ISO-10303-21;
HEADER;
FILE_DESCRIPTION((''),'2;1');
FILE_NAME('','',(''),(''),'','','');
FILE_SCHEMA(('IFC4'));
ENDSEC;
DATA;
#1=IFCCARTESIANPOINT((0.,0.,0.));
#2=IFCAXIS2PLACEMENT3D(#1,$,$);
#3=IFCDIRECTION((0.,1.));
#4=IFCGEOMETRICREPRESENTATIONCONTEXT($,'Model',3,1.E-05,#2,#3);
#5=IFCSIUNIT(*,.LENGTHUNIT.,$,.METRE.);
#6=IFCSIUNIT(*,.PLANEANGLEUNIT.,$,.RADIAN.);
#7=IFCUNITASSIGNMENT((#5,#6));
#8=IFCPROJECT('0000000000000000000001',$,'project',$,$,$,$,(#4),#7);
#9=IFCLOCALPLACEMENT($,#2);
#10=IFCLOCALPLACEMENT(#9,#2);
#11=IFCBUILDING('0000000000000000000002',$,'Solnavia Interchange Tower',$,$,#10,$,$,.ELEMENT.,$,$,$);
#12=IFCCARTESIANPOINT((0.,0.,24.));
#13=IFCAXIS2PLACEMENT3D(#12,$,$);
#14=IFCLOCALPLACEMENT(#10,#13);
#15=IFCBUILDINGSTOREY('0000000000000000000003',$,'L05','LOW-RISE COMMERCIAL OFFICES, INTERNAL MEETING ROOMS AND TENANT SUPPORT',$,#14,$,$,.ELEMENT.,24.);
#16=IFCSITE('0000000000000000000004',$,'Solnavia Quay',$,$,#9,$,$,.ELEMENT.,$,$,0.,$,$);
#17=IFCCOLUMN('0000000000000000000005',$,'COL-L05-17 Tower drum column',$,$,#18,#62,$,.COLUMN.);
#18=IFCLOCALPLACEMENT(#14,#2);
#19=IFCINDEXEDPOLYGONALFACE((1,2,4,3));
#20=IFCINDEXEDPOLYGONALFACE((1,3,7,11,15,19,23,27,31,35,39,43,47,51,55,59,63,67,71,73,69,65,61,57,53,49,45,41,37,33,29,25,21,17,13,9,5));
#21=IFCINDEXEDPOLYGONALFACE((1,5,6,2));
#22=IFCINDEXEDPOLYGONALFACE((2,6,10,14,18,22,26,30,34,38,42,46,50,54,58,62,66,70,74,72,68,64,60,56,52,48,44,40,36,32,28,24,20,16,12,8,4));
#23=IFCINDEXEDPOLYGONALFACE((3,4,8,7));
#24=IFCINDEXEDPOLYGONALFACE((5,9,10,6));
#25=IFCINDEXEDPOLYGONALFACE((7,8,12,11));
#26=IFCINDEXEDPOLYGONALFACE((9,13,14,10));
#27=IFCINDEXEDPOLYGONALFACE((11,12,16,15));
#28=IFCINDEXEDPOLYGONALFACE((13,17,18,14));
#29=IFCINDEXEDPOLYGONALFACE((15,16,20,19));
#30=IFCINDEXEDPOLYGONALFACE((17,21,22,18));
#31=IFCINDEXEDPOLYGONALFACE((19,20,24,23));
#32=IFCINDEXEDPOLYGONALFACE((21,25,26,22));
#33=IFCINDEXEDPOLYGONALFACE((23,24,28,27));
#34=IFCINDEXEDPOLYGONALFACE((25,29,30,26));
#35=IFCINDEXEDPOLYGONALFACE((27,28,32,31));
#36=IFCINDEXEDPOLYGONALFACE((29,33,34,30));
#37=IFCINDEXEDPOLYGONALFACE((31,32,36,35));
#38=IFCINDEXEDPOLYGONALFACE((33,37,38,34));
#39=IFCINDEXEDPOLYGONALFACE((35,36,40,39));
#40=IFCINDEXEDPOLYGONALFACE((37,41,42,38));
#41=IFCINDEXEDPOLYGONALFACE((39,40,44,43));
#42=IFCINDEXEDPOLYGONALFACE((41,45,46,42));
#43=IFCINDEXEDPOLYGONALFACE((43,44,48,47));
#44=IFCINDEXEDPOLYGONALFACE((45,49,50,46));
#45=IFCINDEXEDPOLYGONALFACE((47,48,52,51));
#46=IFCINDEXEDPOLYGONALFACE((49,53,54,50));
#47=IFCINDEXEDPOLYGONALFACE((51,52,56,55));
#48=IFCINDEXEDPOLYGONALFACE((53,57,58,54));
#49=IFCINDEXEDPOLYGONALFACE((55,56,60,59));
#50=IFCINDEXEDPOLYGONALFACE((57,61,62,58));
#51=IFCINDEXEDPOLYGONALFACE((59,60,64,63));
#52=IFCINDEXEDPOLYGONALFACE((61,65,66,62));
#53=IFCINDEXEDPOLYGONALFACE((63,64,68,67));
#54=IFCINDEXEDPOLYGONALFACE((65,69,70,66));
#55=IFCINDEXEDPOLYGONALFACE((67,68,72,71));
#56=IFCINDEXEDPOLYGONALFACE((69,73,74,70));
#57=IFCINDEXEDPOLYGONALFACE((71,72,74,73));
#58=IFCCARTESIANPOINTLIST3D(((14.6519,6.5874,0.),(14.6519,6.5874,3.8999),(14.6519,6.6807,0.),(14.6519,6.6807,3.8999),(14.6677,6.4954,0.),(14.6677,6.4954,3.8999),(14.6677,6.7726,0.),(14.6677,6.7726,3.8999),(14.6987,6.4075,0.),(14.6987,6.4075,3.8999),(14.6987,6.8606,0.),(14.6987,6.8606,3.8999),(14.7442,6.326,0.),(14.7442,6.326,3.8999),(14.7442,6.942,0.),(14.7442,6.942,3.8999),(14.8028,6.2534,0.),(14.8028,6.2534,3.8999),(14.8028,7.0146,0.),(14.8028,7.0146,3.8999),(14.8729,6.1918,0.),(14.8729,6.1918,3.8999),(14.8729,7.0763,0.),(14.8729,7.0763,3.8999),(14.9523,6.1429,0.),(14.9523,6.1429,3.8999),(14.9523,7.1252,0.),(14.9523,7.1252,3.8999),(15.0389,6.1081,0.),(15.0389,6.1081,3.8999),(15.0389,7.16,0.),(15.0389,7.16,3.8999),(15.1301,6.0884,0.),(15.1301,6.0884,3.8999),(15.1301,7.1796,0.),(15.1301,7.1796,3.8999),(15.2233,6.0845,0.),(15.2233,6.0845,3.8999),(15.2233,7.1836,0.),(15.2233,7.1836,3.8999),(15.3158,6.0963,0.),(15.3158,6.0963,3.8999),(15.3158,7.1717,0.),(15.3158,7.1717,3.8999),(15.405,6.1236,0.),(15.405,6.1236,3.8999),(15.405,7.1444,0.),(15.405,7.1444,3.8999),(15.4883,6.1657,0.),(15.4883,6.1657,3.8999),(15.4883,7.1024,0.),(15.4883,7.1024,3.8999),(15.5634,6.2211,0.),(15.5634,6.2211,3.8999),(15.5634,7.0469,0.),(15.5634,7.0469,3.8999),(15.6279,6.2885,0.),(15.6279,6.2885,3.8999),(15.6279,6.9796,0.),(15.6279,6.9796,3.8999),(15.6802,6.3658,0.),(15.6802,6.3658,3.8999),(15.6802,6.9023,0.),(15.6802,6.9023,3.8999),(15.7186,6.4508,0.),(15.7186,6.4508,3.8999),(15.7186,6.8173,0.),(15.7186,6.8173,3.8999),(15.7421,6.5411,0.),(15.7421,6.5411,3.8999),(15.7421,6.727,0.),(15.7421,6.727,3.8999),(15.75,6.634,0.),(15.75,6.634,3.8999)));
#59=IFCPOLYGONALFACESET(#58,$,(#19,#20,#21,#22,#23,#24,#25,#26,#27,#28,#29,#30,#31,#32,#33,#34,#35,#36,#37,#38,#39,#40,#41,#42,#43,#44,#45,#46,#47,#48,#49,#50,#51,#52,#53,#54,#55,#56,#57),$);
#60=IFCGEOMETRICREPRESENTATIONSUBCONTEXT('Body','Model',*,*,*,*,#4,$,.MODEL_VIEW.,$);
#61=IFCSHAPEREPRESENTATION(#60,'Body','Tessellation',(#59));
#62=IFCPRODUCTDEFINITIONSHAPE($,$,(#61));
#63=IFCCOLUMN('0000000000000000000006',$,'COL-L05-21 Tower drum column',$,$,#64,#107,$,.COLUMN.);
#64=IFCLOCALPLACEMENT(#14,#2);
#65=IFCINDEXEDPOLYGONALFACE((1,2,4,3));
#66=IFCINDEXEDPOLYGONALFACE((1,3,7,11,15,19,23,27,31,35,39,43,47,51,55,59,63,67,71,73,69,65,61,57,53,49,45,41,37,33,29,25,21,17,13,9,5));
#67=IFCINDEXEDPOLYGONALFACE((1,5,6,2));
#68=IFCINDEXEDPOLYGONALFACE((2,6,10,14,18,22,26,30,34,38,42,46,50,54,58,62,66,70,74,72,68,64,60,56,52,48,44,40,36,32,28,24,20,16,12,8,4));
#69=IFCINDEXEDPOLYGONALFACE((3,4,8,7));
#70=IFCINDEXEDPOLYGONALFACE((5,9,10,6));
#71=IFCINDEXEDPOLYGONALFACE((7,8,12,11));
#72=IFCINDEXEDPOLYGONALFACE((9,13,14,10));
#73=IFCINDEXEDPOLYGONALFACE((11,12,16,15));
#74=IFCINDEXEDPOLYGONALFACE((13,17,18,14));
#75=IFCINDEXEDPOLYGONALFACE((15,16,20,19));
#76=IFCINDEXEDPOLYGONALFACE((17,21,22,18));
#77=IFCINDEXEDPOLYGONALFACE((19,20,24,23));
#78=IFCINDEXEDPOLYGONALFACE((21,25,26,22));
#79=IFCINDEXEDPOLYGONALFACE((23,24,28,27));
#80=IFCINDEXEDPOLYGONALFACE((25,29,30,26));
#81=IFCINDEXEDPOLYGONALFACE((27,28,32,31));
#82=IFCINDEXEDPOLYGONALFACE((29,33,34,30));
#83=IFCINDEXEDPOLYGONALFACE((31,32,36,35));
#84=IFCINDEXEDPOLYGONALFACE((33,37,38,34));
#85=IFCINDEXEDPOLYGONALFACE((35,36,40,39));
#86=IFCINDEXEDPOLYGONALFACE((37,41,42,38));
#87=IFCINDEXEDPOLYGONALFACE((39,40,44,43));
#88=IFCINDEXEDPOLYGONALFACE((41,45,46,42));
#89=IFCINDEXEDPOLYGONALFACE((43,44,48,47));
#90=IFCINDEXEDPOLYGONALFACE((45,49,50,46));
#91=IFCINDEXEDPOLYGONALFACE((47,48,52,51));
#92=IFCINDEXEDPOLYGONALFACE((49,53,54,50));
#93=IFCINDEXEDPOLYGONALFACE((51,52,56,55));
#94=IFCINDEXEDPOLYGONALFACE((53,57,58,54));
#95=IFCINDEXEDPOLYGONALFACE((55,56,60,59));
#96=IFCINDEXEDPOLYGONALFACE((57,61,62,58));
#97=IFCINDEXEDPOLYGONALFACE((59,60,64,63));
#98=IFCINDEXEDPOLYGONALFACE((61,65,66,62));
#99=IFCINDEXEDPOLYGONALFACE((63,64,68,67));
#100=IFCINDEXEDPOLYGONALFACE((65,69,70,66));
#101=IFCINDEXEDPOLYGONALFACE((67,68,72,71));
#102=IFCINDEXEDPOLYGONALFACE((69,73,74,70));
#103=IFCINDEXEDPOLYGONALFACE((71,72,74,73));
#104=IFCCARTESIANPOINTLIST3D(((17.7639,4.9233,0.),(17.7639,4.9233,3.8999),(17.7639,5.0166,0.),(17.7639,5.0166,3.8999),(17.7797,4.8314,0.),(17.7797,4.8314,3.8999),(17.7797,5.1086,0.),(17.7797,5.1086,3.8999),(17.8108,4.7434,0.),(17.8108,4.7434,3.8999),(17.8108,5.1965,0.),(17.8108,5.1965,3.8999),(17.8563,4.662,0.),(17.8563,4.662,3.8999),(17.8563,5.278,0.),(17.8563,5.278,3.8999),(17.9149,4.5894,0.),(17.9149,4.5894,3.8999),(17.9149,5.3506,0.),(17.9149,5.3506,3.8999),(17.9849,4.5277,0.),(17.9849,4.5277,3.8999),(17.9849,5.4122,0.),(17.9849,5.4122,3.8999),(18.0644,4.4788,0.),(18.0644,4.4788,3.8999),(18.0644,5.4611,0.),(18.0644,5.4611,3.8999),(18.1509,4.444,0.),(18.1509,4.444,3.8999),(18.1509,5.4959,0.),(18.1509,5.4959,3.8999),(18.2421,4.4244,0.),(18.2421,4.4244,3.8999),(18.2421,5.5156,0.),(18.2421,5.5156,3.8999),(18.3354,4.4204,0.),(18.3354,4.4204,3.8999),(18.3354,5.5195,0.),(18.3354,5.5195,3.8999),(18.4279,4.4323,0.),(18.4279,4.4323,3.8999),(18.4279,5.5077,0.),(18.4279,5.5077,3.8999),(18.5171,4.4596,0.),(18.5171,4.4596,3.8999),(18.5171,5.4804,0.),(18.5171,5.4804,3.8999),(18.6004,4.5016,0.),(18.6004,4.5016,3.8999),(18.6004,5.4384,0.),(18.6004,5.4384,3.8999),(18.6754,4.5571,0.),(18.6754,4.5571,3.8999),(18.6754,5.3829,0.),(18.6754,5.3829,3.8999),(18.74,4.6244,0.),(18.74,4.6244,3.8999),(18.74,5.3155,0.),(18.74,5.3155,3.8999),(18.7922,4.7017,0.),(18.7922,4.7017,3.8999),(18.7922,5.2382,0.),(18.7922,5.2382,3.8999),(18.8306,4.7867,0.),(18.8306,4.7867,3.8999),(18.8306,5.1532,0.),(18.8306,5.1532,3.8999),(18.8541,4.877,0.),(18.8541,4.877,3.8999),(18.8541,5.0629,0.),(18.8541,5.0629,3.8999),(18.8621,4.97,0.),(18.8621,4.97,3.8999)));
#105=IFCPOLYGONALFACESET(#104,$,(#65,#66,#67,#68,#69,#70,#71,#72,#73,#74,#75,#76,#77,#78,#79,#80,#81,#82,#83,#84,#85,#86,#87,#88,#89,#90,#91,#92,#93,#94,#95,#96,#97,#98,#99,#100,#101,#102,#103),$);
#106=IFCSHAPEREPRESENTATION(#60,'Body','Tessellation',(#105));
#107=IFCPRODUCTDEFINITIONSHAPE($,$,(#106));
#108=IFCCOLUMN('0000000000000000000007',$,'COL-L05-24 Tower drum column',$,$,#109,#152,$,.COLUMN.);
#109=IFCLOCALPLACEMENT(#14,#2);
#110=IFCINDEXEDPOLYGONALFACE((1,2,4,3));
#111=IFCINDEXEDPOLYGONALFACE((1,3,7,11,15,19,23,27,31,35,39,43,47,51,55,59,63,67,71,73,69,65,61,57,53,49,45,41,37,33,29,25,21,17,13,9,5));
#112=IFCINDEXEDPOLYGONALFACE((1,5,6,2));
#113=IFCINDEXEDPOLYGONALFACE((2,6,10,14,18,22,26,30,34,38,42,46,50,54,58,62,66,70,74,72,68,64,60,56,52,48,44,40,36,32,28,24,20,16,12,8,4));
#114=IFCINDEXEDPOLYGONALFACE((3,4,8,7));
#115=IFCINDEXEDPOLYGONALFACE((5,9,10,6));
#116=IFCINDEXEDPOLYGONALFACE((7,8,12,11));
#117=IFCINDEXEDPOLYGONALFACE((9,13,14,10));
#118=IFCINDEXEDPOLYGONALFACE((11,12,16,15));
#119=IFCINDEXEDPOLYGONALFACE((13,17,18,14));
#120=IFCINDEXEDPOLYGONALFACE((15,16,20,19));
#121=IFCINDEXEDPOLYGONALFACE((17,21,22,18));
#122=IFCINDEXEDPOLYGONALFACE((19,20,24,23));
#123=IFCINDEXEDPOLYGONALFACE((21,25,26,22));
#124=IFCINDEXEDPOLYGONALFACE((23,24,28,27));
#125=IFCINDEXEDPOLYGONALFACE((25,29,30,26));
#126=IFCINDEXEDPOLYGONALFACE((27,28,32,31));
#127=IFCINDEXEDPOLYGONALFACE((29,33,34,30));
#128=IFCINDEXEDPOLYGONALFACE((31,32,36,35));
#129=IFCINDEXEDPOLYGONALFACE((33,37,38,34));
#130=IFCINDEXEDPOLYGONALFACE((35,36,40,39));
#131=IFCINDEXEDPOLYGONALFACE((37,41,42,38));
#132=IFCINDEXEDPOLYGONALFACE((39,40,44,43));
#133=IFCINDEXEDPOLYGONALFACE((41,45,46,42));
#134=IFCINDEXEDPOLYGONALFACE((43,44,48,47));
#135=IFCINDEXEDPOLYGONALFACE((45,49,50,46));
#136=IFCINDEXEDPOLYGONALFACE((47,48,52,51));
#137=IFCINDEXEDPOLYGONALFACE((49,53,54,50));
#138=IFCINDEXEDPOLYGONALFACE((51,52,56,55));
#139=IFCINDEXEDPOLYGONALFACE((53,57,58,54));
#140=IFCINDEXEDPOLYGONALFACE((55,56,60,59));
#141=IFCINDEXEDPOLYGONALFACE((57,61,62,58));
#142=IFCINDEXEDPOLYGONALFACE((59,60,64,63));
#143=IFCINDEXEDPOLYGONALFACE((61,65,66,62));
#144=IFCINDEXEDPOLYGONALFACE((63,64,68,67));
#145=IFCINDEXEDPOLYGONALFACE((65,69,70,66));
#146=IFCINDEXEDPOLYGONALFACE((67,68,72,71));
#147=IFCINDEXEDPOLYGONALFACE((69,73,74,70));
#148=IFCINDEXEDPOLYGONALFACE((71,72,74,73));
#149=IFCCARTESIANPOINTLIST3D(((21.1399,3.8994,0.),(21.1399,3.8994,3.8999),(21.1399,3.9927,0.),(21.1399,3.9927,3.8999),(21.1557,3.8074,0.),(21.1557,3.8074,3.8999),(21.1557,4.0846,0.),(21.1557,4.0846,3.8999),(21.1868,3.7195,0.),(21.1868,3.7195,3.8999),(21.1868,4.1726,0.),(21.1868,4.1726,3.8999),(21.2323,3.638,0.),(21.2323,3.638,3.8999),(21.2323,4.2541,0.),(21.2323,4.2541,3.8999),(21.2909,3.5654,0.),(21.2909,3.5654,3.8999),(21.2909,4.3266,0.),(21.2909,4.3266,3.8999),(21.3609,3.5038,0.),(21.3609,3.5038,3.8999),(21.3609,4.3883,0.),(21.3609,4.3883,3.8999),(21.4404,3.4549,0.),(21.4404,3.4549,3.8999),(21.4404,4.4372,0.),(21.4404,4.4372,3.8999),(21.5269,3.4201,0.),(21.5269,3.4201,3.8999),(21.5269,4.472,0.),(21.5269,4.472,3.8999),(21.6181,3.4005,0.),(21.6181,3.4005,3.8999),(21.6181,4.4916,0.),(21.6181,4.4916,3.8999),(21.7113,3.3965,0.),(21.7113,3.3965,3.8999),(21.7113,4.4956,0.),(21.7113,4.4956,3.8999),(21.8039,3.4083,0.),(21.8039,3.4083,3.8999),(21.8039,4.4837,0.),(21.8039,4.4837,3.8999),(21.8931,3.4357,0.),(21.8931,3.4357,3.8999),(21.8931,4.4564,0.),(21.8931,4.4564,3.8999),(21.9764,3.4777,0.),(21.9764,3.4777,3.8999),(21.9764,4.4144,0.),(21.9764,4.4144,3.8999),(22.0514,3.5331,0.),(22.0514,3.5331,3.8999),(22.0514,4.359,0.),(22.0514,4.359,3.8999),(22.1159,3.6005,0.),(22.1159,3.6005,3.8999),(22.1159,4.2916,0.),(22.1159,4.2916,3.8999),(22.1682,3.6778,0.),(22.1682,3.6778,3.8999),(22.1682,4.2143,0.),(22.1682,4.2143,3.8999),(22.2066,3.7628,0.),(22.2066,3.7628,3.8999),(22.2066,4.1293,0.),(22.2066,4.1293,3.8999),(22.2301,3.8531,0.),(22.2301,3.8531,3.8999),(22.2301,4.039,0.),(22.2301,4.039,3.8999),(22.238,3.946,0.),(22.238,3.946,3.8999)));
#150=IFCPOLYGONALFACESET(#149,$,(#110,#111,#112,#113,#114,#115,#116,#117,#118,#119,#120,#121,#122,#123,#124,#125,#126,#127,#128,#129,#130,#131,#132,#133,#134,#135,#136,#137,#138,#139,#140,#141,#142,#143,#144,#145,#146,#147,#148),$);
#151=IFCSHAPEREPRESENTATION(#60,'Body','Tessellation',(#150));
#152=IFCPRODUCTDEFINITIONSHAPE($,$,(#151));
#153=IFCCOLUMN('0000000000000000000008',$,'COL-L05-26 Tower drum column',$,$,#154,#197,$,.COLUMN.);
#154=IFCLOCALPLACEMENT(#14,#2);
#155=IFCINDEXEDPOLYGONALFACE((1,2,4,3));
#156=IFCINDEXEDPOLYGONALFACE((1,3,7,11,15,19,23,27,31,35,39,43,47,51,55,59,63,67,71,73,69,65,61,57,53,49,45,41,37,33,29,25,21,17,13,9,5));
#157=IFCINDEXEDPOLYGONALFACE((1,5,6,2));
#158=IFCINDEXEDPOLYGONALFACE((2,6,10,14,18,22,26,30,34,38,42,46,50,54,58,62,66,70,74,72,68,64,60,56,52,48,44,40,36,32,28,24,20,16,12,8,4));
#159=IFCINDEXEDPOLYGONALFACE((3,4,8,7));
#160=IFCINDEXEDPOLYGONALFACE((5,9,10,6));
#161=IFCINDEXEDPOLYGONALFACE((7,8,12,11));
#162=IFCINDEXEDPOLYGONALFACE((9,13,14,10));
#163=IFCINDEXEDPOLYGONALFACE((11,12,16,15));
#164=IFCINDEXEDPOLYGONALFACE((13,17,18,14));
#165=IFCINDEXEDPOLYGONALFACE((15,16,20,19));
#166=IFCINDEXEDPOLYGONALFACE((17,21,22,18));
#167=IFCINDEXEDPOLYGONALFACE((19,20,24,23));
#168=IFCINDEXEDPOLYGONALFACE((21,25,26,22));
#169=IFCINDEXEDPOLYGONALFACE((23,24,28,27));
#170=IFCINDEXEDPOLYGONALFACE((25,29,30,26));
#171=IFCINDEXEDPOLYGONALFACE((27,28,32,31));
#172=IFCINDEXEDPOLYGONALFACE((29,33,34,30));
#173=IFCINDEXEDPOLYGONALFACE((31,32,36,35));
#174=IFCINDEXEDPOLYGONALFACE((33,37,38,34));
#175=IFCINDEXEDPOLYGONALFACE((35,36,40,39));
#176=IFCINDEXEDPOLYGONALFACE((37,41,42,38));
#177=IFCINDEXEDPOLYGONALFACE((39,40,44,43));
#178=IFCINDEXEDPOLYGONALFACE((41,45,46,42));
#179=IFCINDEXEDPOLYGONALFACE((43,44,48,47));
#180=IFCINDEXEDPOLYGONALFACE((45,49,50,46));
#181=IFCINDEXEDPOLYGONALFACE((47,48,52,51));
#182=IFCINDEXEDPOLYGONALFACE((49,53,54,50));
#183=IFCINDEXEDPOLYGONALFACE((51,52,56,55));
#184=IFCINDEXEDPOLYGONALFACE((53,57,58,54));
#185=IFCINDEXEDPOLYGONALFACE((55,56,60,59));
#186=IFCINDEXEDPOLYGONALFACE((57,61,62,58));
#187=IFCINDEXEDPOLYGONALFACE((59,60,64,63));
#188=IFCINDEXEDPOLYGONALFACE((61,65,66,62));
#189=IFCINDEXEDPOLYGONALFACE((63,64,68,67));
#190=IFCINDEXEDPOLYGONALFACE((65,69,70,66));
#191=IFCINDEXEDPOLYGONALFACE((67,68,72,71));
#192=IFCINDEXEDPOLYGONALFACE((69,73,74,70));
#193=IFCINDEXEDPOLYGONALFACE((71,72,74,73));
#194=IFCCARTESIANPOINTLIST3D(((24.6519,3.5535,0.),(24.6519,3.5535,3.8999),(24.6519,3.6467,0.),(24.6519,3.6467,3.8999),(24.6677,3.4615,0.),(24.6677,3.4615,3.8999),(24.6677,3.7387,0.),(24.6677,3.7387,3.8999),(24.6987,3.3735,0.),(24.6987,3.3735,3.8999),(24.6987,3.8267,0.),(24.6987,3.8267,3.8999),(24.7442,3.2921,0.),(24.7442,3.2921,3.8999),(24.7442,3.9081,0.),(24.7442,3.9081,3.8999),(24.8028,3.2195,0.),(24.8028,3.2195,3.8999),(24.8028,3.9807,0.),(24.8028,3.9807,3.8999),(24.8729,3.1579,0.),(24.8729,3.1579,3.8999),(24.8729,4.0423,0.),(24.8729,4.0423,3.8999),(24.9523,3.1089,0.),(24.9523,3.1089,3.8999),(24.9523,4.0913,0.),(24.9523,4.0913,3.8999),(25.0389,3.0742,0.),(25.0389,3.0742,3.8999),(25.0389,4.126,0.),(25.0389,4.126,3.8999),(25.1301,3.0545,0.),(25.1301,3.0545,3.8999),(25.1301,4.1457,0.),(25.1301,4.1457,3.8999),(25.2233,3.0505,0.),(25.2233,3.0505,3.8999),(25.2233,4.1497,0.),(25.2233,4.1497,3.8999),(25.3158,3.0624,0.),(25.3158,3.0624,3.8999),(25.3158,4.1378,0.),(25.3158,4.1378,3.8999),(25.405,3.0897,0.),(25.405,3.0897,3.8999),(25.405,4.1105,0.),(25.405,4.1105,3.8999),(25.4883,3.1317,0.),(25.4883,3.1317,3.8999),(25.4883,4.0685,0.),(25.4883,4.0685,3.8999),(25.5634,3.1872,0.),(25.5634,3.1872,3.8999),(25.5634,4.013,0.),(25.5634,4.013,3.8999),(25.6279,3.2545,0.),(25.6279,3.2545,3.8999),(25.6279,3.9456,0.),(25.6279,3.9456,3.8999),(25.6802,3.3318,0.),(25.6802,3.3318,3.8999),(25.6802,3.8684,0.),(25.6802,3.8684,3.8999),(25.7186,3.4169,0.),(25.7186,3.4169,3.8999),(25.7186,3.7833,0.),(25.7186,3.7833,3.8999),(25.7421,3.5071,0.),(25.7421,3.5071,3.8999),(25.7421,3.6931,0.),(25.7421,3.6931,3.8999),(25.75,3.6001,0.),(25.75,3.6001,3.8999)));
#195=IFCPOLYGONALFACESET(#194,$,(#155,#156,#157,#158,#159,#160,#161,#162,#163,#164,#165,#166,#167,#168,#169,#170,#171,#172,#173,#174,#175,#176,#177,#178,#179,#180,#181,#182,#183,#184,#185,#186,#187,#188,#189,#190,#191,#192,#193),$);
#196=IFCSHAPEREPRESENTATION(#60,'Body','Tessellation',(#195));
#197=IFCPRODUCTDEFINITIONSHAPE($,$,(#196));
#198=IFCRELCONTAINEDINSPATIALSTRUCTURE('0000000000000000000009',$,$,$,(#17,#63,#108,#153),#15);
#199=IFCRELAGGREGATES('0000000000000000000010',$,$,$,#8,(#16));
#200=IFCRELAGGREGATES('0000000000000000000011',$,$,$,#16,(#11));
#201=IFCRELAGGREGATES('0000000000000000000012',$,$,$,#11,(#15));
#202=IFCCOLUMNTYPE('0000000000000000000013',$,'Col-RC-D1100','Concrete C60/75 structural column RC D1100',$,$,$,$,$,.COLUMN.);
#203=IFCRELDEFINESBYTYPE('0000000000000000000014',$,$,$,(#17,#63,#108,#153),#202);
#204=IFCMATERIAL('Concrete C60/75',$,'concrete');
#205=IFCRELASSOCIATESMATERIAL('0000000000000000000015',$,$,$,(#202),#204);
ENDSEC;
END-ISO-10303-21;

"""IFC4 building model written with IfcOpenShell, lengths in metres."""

from ifc_helpers import new_model, si_unit, direction, frame, origin, origin_2d, place, context, subcontext, project, spatial, circle, extrude, material, material_profile, profile_set, type_object, element, save


model = new_model("IFC4")

# Units and contexts
model_context = context("Model", 3, precision=1e-05, world=origin(), true_north=direction((0.0, 1.0)))
body_context = subcontext(model_context, "Body", "Model", "MODEL_VIEW")
ifc_project = project(units=[si_unit("LENGTHUNIT", "METRE"), si_unit("PLANEANGLEUNIT", "RADIAN")], contexts=[model_context])

# Site, building, storey
site_placement = place(None, origin())
site = spatial("IfcSite", under=ifc_project, at=site_placement, Name="Solnavia Quay", CompositionType="ELEMENT", RefElevation=0.0)
building_placement = place(site_placement, origin())
building = spatial("IfcBuilding", under=site, at=building_placement, Name="Solnavia Interchange Tower", CompositionType="ELEMENT")
storey_placement = place(building_placement, frame((0.0, 0.0, 24.0)))
storey = spatial("IfcBuildingStorey", under=building, at=storey_placement, Name="L05", Description="LOW-RISE COMMERCIAL OFFICES, INTERNAL MEETING ROOMS AND TENANT SUPPORT", CompositionType="ELEMENT", Elevation=24.0)

# Columns
ifc_material_1 = material(Name="Concrete C60/75", Category="concrete")
ifc_material_profile_1 = material_profile(ifc_material_1, circle(Radius=0.55, at=origin_2d()), Name="RC D1100")
ifc_profile_set_1 = profile_set([ifc_material_profile_1], Name="Concrete C60/75")
column_type_1 = type_object("IfcColumnType", Name="Col-RC-D1100", Description="Concrete C60/75 structural column RC D1100", PredefinedType="COLUMN", material=ifc_profile_set_1)
for number, where, z_axis, x_axis, name in (
    (1, (15.2, 6.634, 0.0), (0.0, 0.0, 1.0), (1.0, 0.0, 0.0), "COL-L05-17 Tower drum column"),
    (2, (18.312, 4.97, 0.0), (0.0, 0.0, 1.0), (1.0, 0.0, 0.0), "COL-L05-21 Tower drum column"),
    (3, (21.688, 3.946, 0.0), (0.0, 0.0, 1.0), (1.0, 0.0, 0.0), "COL-L05-24 Tower drum column"),
    (4, (25.2, 3.6001, 0.0), (0.0, 0.0, 1.0), (1.0, 0.0, 0.0), "COL-L05-26 Tower drum column"),
):
    element("IfcColumn", number, at=place(storey_placement, frame(where, z_axis=z_axis, x_axis=x_axis)), inside=storey, type_object=column_type_1, Name=name, PredefinedType="COLUMN", context=body_context, shape_type="SweptSolid", body=[
        extrude(circle(Radius=0.55, at=origin_2d()), origin(), (0.0, 0.0, 1.0), 3.8999),
    ])

save(model, "model.ifc")
